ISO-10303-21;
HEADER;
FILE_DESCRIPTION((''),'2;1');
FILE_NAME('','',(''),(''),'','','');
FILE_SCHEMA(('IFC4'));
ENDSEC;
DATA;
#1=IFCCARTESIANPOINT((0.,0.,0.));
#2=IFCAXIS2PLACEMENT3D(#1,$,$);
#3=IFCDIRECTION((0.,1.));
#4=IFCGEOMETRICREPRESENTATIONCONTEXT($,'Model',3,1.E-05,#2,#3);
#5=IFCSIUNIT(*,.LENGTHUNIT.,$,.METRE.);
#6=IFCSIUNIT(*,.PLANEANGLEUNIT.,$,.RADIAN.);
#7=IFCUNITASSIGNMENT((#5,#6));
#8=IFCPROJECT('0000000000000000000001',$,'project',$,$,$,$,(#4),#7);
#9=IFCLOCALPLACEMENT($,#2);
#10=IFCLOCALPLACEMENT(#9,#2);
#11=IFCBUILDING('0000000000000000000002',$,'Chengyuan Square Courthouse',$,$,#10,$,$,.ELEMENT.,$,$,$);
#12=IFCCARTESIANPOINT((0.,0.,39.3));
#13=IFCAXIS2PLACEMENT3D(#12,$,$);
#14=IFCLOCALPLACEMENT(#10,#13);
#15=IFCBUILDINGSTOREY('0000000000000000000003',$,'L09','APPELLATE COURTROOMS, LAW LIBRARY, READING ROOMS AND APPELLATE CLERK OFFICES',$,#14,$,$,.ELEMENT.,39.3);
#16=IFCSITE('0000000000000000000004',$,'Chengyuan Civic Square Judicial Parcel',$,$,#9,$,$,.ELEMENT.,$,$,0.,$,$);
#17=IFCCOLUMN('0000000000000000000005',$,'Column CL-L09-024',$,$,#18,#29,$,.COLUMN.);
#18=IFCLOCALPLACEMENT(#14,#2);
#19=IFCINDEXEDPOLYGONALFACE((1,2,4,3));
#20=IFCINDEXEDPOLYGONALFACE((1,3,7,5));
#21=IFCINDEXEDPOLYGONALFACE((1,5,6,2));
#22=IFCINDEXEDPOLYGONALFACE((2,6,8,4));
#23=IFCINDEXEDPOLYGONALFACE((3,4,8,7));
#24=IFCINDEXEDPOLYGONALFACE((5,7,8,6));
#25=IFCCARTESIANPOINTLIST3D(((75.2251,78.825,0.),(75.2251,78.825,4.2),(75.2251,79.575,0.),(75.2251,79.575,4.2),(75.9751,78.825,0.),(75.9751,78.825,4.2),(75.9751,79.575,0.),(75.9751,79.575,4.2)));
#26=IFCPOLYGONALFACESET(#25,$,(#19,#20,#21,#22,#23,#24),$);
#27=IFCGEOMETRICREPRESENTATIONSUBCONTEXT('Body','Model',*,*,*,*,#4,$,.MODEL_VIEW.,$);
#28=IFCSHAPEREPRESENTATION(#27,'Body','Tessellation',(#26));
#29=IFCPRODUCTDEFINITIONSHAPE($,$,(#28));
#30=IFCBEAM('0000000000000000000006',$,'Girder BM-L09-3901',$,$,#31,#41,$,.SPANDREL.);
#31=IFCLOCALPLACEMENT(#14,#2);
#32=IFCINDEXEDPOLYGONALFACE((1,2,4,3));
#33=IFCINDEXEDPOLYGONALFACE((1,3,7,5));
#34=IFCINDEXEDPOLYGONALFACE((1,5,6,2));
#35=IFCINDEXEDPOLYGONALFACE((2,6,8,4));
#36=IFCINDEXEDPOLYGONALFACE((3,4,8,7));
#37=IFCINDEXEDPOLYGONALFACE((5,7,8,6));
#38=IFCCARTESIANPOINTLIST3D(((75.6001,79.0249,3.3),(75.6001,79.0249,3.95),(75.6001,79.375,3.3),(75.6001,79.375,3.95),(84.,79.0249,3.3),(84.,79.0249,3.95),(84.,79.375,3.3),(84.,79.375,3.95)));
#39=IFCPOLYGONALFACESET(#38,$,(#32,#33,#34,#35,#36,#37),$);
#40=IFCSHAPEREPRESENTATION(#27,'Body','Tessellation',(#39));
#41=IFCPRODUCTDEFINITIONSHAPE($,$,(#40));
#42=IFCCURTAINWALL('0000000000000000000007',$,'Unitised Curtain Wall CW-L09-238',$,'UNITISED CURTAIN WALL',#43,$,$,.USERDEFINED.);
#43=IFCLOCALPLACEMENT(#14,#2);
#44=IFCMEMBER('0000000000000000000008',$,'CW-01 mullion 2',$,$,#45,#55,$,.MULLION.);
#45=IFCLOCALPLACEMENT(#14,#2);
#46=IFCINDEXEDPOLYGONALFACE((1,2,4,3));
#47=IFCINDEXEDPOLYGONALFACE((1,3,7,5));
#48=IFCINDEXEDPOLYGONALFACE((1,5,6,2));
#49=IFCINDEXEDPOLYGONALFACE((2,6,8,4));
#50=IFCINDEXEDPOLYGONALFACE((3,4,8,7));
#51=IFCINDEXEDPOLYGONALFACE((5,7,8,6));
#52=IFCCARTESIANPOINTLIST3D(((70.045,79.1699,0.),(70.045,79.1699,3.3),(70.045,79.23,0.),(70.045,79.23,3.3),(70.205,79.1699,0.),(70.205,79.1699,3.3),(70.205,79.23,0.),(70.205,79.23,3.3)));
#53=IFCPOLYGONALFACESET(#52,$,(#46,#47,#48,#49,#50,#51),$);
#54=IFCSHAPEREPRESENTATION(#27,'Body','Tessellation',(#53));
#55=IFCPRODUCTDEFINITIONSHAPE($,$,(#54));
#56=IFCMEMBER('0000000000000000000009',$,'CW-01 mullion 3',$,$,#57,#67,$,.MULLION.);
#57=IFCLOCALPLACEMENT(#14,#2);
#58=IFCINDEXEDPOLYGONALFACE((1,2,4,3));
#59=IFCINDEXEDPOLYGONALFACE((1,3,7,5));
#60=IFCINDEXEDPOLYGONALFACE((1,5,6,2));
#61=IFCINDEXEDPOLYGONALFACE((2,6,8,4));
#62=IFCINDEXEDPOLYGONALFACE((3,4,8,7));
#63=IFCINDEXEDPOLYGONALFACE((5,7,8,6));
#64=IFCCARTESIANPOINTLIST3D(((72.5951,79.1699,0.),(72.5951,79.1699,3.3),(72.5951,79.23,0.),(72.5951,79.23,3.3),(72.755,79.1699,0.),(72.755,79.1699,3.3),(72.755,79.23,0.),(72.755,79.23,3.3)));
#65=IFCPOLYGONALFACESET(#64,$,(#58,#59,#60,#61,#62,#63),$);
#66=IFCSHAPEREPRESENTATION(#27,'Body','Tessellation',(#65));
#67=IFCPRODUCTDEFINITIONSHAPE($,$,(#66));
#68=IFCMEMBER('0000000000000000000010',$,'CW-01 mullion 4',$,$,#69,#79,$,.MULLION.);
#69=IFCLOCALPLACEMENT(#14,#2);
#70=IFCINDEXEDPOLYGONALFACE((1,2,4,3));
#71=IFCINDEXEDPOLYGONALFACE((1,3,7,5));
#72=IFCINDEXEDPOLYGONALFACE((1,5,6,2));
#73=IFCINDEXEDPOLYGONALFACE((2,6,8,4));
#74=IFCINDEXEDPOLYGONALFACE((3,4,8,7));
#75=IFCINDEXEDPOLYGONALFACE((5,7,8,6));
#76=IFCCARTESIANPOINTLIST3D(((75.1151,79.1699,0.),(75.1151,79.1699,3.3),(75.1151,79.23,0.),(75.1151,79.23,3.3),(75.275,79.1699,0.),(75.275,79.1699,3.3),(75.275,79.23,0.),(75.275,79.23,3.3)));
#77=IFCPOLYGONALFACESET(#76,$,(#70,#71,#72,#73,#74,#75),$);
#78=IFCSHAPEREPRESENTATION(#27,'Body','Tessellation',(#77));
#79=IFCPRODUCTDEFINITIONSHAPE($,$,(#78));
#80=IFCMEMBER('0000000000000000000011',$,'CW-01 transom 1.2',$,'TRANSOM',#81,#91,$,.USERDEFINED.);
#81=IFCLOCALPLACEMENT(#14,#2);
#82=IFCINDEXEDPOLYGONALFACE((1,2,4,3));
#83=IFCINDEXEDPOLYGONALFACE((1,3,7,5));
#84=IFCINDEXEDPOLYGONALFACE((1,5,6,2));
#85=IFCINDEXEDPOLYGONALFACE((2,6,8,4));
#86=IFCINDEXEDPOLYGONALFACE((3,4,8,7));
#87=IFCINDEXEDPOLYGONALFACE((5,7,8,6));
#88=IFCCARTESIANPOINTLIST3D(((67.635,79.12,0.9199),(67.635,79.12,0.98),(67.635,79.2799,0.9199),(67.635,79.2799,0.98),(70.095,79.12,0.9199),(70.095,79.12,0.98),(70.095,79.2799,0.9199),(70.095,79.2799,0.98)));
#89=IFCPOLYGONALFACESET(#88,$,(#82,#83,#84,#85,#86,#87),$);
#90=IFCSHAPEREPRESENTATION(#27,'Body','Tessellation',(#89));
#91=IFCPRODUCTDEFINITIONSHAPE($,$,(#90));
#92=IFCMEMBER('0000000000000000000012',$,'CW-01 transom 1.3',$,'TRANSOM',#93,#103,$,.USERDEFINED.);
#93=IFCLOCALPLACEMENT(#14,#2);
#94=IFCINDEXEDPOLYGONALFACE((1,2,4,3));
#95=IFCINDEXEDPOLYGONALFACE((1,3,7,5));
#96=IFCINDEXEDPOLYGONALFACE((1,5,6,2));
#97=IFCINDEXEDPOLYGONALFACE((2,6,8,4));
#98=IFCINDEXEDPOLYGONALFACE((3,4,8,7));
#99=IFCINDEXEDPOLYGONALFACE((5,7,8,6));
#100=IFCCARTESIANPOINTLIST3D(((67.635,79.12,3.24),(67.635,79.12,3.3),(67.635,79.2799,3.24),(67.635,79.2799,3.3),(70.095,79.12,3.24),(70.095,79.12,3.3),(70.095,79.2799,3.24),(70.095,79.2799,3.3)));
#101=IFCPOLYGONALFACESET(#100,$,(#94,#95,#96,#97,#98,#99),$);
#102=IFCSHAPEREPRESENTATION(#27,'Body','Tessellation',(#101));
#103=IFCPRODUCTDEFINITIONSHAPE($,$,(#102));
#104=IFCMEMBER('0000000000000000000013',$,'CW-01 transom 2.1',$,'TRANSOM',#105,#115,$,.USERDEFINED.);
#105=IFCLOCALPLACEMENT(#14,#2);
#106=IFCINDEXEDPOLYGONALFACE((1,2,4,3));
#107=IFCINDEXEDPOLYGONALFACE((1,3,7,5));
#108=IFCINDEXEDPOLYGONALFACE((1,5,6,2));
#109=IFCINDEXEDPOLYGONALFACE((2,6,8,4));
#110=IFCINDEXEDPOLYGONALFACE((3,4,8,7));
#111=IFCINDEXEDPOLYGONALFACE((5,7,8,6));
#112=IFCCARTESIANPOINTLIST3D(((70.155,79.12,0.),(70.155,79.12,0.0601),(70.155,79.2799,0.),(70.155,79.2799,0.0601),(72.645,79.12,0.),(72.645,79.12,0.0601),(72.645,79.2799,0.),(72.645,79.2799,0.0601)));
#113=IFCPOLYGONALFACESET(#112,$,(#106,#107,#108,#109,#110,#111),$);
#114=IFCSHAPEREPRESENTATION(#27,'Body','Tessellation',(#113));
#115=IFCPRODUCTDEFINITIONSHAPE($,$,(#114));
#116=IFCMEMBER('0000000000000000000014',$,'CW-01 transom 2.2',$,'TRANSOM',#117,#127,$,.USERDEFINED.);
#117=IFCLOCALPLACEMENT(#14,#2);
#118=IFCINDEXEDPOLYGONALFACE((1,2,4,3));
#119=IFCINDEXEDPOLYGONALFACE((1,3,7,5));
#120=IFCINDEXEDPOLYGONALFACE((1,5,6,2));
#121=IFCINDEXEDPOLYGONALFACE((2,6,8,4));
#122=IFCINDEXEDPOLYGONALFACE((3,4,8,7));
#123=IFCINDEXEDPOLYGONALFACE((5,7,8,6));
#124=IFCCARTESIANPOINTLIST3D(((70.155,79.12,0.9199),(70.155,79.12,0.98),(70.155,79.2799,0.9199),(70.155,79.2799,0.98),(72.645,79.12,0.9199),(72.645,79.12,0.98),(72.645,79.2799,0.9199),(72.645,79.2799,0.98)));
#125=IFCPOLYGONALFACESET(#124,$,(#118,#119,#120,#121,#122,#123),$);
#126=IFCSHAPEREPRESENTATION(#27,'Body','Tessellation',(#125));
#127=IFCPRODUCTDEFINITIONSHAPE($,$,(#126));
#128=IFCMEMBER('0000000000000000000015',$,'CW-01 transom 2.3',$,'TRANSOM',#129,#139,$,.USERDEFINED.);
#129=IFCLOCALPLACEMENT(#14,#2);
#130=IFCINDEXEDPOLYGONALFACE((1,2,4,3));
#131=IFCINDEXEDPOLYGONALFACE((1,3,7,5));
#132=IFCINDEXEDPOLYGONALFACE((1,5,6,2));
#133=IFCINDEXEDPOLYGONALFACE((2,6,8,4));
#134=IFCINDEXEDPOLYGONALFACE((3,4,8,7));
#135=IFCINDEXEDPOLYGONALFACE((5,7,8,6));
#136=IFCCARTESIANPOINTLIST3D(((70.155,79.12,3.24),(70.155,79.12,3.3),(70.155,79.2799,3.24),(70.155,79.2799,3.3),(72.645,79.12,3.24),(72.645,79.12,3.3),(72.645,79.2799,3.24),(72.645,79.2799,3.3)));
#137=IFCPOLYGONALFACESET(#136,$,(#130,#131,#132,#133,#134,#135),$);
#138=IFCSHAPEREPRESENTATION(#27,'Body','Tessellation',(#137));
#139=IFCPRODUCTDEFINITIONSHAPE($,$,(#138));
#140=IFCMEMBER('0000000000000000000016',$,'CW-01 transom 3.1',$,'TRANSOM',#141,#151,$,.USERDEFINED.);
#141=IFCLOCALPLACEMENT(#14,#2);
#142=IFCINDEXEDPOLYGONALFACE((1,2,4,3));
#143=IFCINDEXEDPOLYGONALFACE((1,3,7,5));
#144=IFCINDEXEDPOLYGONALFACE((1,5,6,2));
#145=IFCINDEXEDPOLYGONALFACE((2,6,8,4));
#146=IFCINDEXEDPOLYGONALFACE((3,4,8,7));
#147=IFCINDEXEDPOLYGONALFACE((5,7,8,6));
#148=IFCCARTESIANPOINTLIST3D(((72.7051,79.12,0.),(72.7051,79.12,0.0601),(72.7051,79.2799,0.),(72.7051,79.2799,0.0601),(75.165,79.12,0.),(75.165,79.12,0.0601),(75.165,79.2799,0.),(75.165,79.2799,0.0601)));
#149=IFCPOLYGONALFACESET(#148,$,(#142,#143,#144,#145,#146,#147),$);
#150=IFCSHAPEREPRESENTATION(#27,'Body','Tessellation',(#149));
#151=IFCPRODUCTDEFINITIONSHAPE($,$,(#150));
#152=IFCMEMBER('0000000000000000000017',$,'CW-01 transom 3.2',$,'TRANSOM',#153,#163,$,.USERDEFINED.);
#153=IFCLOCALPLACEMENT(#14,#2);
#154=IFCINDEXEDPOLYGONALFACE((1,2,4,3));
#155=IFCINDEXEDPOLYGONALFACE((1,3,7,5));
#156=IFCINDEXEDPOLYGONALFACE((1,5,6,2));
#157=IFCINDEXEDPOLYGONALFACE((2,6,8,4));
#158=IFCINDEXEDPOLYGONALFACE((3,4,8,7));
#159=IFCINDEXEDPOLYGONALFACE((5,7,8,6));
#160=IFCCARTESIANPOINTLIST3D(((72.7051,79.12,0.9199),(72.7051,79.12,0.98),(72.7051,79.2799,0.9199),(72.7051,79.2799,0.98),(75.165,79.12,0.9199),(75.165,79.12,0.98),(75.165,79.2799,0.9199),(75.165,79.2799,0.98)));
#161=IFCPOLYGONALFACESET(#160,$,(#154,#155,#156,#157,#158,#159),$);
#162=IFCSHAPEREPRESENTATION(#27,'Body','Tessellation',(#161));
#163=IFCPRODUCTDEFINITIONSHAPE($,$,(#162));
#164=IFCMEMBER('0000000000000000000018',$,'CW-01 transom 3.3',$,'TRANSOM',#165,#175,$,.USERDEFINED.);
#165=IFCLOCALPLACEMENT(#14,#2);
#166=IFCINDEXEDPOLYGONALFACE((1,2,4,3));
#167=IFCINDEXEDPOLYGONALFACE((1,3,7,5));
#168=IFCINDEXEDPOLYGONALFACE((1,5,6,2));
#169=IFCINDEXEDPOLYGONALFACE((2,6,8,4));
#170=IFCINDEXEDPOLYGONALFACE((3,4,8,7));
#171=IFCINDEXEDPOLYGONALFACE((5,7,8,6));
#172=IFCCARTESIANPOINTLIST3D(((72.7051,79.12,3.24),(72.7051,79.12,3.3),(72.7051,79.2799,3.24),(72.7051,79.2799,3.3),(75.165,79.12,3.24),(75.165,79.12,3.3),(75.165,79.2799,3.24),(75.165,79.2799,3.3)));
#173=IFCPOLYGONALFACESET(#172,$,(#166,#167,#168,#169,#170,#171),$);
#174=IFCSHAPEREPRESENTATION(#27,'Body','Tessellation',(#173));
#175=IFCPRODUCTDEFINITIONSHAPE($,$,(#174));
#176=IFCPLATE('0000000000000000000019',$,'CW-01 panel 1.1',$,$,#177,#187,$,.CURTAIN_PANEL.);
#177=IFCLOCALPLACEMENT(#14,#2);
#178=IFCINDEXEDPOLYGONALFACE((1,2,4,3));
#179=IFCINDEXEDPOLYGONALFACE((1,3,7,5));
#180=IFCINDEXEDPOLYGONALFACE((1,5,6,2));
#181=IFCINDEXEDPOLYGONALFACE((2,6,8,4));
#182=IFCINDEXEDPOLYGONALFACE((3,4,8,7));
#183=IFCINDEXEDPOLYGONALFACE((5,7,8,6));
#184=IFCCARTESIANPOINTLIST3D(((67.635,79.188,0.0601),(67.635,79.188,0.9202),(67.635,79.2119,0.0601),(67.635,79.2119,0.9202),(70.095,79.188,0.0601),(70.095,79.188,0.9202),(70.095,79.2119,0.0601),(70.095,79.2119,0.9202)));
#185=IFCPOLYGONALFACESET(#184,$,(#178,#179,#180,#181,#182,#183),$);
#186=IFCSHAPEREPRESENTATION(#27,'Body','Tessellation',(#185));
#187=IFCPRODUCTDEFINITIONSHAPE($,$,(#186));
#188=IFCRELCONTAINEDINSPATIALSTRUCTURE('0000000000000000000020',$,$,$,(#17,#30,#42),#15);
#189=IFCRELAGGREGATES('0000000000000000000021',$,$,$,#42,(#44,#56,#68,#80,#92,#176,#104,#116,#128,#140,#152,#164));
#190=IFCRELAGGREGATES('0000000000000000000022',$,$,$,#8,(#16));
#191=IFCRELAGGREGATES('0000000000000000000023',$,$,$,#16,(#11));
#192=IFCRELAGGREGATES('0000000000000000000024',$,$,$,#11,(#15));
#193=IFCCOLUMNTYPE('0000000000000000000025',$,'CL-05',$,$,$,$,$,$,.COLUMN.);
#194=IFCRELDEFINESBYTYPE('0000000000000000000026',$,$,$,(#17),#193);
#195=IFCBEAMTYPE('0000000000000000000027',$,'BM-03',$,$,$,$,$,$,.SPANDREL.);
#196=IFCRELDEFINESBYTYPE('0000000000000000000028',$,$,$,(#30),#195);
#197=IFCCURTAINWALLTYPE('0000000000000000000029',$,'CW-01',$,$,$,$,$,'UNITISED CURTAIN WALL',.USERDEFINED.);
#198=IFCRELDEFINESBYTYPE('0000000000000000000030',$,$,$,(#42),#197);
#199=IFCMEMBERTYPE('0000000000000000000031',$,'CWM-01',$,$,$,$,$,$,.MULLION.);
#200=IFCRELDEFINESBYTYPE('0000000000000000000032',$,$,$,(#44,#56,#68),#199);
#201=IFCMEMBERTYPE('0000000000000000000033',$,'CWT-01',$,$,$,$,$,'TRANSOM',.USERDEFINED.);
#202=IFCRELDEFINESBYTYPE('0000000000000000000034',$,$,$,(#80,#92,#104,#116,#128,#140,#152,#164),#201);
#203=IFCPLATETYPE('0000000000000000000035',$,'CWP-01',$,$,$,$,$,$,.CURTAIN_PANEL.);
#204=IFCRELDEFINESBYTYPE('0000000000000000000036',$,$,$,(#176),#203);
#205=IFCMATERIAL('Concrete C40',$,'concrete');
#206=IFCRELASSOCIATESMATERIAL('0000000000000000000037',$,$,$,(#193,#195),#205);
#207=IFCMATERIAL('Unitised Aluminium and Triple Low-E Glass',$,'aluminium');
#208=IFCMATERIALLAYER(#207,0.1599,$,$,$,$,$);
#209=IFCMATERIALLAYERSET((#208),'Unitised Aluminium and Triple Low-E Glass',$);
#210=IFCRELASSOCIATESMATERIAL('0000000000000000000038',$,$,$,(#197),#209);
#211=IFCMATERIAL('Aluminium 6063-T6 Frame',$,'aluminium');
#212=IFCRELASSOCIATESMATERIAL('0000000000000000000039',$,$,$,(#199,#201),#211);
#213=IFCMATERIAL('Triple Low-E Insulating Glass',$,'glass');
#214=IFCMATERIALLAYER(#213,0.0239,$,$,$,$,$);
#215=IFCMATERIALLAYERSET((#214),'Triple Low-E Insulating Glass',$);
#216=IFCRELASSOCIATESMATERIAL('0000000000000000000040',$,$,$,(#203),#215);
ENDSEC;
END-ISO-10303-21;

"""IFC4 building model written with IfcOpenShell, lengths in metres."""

from ifc_helpers import new_model, si_unit, direction, frame, origin, origin_2d, place, context, subcontext, project, spatial, rectangle, extrude, material, layer, layer_set, material_profile, profile_set, type_object, element, aggregate, save


model = new_model("IFC4")

# Units and contexts
model_context = context("Model", 3, precision=1e-05, world=origin(), true_north=direction((0.0, 1.0)))
body_context = subcontext(model_context, "Body", "Model", "MODEL_VIEW")
ifc_project = project(units=[si_unit("LENGTHUNIT", "METRE"), si_unit("PLANEANGLEUNIT", "RADIAN")], contexts=[model_context])

# Site, building, storey
site_placement = place(None, origin())
site = spatial("IfcSite", under=ifc_project, at=site_placement, Name="Chengyuan Civic Square Judicial Parcel", CompositionType="ELEMENT", RefElevation=0.0)
building_placement = place(site_placement, origin())
building = spatial("IfcBuilding", under=site, at=building_placement, Name="Chengyuan Square Courthouse", CompositionType="ELEMENT")
storey_placement = place(building_placement, frame((0.0, 0.0, 39.3)))
storey = spatial("IfcBuildingStorey", under=building, at=storey_placement, Name="L09", Description="APPELLATE COURTROOMS, LAW LIBRARY, READING ROOMS AND APPELLATE CLERK OFFICES", CompositionType="ELEMENT", Elevation=39.3)

# Column
ifc_material_1 = material(Name="Concrete C40", Category="concrete")
ifc_material_profile_1 = material_profile(ifc_material_1, rectangle(XDim=0.75, YDim=0.75, at=origin_2d()), Name="RC-COL-750x750")
ifc_profile_set_1 = profile_set([ifc_material_profile_1], Name="Concrete C40")
column_type = type_object("IfcColumnType", Name="CL-05", PredefinedType="COLUMN", material=ifc_profile_set_1)
column_placement = place(storey_placement, frame((75.6001, 79.2, 0.0), z_axis=(0.0, 0.0, 1.0), x_axis=(1.0, 0.0, 0.0)))
element("IfcColumn", 1, at=column_placement, inside=storey, type_object=column_type, Name="Column CL-L09-024", PredefinedType="COLUMN", context=body_context, shape_type="SweptSolid", body=[
    extrude(rectangle(XDim=0.75, YDim=0.75, at=origin_2d()), origin(), (0.0, 0.0, 1.0), 4.2),
])

# Beam
ifc_material_profile_2 = material_profile(ifc_material_1, rectangle(XDim=0.3501, YDim=0.6499, at=origin_2d()), Name="RC-BM-350x650")
ifc_profile_set_2 = profile_set([ifc_material_profile_2], Name="Concrete C40")
beam_type = type_object("IfcBeamType", Name="BM-03", PredefinedType="SPANDREL", material=ifc_profile_set_2)
beam_placement = place(storey_placement, frame((75.6001, 79.2, 3.625), z_axis=(1.0, 0.0, 0.0), x_axis=(0.0, 1.0, 0.0)))
element("IfcBeam", 2, at=beam_placement, inside=storey, type_object=beam_type, Name="Girder BM-L09-3901", PredefinedType="SPANDREL", context=body_context, shape_type="SweptSolid", body=[
    extrude(rectangle(XDim=0.3501, YDim=0.6499, at=origin_2d()), origin(), (0.0, 0.0, 1.0), 8.3999),
])

# Curtain wall, members, plate
ifc_material_2 = material(Name="Unitised Aluminium and Triple Low-E Glass", Category="aluminium")
ifc_layer_1 = layer(ifc_material_2, 0.1599)
ifc_layer_set_1 = layer_set([ifc_layer_1], Name="Unitised Aluminium and Triple Low-E Glass")
curtain_wall_type = type_object("IfcCurtainWallType", Name="CW-01", ElementType="UNITISED CURTAIN WALL", PredefinedType="USERDEFINED", material=ifc_layer_set_1)
curtain_wall_placement = place(storey_placement, origin())
curtain_wall = element("IfcCurtainWall", 3, at=curtain_wall_placement, inside=storey, type_object=curtain_wall_type, Name="Unitised Curtain Wall CW-L09-238", ObjectType="UNITISED CURTAIN WALL", PredefinedType="USERDEFINED")
ifc_material_3 = material(Name="Aluminium 6063-T6 Frame", Category="aluminium")
ifc_material_profile_3 = material_profile(ifc_material_3, rectangle(XDim=0.0601, YDim=0.1599, at=origin_2d()), Name="CW-MUL-60x160")
ifc_profile_set_3 = profile_set([ifc_material_profile_3], Name="Aluminium 6063-T6 Frame")
member_type_1 = type_object("IfcMemberType", Name="CWM-01", PredefinedType="MULLION", material=ifc_profile_set_3)
member_1_placement = place(storey_placement, frame((70.125, 79.2, 0.0), z_axis=(0.0, 0.0, 1.0), x_axis=(0.0, 1.0, 0.0)))
member_1 = element("IfcMember", 4, at=member_1_placement, type_object=member_type_1, Name="CW-01 mullion 2", PredefinedType="MULLION", context=body_context, shape_type="SweptSolid", body=[
    extrude(rectangle(XDim=0.0601, YDim=0.1599, at=origin_2d()), origin(), (0.0, 0.0, 1.0), 3.3),
])
member_2_placement = place(storey_placement, frame((72.675, 79.2, 0.0), z_axis=(0.0, 0.0, 1.0), x_axis=(0.0, 1.0, 0.0)))
member_2 = element("IfcMember", 5, at=member_2_placement, type_object=member_type_1, Name="CW-01 mullion 3", PredefinedType="MULLION", context=body_context, shape_type="SweptSolid", body=[
    extrude(rectangle(XDim=0.0601, YDim=0.1599, at=origin_2d()), origin(), (0.0, 0.0, 1.0), 3.3),
])
member_3_placement = place(storey_placement, frame((75.1951, 79.2, 0.0), z_axis=(0.0, 0.0, 1.0), x_axis=(0.0, 1.0, 0.0)))
member_3 = element("IfcMember", 6, at=member_3_placement, type_object=member_type_1, Name="CW-01 mullion 4", PredefinedType="MULLION", context=body_context, shape_type="SweptSolid", body=[
    extrude(rectangle(XDim=0.0601, YDim=0.1599, at=origin_2d()), origin(), (0.0, 0.0, 1.0), 3.3),
])
ifc_material_profile_4 = material_profile(ifc_material_3, rectangle(XDim=0.1599, YDim=0.0601, at=origin_2d()), Name="CW-TRN-60x120")
ifc_profile_set_4 = profile_set([ifc_material_profile_4], Name="Aluminium 6063-T6 Frame")
member_type_2 = type_object("IfcMemberType", Name="CWT-01", ElementType="TRANSOM", PredefinedType="USERDEFINED", material=ifc_profile_set_4)
member_4_placement = place(storey_placement, frame((67.635, 79.2, 0.95), z_axis=(1.0, 0.0, 0.0), x_axis=(0.0, 1.0, 0.0)))
member_4 = element("IfcMember", 7, at=member_4_placement, type_object=member_type_2, Name="CW-01 transom 1.2", ObjectType="TRANSOM", PredefinedType="USERDEFINED", context=body_context, shape_type="SweptSolid", body=[
    extrude(rectangle(XDim=0.1599, YDim=0.0601, at=origin_2d()), origin(), (0.0, 0.0, 1.0), 2.46),
])
member_5_placement = place(storey_placement, frame((67.635, 79.2, 3.27), z_axis=(1.0, 0.0, 0.0), x_axis=(0.0, 1.0, 0.0)))
member_5 = element("IfcMember", 8, at=member_5_placement, type_object=member_type_2, Name="CW-01 transom 1.3", ObjectType="TRANSOM", PredefinedType="USERDEFINED", context=body_context, shape_type="SweptSolid", body=[
    extrude(rectangle(XDim=0.1599, YDim=0.0601, at=origin_2d()), origin(), (0.0, 0.0, 1.0), 2.46),
])
member_6_placement = place(storey_placement, frame((70.155, 79.2, 0.03), z_axis=(1.0, 0.0, 0.0), x_axis=(0.0, 1.0, 0.0)))
member_6 = element("IfcMember", 9, at=member_6_placement, type_object=member_type_2, Name="CW-01 transom 2.1", ObjectType="TRANSOM", PredefinedType="USERDEFINED", context=body_context, shape_type="SweptSolid", body=[
    extrude(rectangle(XDim=0.1599, YDim=0.0601, at=origin_2d()), origin(), (0.0, 0.0, 1.0), 2.49),
])
member_7_placement = place(storey_placement, frame((70.155, 79.2, 0.95), z_axis=(1.0, 0.0, 0.0), x_axis=(0.0, 1.0, 0.0)))
member_7 = element("IfcMember", 10, at=member_7_placement, type_object=member_type_2, Name="CW-01 transom 2.2", ObjectType="TRANSOM", PredefinedType="USERDEFINED", context=body_context, shape_type="SweptSolid", body=[
    extrude(rectangle(XDim=0.1599, YDim=0.0601, at=origin_2d()), origin(), (0.0, 0.0, 1.0), 2.49),
])
member_8_placement = place(storey_placement, frame((70.155, 79.2, 3.27), z_axis=(1.0, 0.0, 0.0), x_axis=(0.0, 1.0, 0.0)))
member_8 = element("IfcMember", 11, at=member_8_placement, type_object=member_type_2, Name="CW-01 transom 2.3", ObjectType="TRANSOM", PredefinedType="USERDEFINED", context=body_context, shape_type="SweptSolid", body=[
    extrude(rectangle(XDim=0.1599, YDim=0.0601, at=origin_2d()), origin(), (0.0, 0.0, 1.0), 2.49),
])
member_9_placement = place(storey_placement, frame((72.7051, 79.2, 0.03), z_axis=(1.0, 0.0, 0.0), x_axis=(0.0, 1.0, 0.0)))
member_9 = element("IfcMember", 12, at=member_9_placement, type_object=member_type_2, Name="CW-01 transom 3.1", ObjectType="TRANSOM", PredefinedType="USERDEFINED", context=body_context, shape_type="SweptSolid", body=[
    extrude(rectangle(XDim=0.1599, YDim=0.0601, at=origin_2d()), origin(), (0.0, 0.0, 1.0), 2.46),
])
member_10_placement = place(storey_placement, frame((72.7051, 79.2, 0.95), z_axis=(1.0, 0.0, 0.0), x_axis=(0.0, 1.0, 0.0)))
member_10 = element("IfcMember", 13, at=member_10_placement, type_object=member_type_2, Name="CW-01 transom 3.2", ObjectType="TRANSOM", PredefinedType="USERDEFINED", context=body_context, shape_type="SweptSolid", body=[
    extrude(rectangle(XDim=0.1599, YDim=0.0601, at=origin_2d()), origin(), (0.0, 0.0, 1.0), 2.46),
])
member_11_placement = place(storey_placement, frame((72.7051, 79.2, 3.27), z_axis=(1.0, 0.0, 0.0), x_axis=(0.0, 1.0, 0.0)))
member_11 = element("IfcMember", 14, at=member_11_placement, type_object=member_type_2, Name="CW-01 transom 3.3", ObjectType="TRANSOM", PredefinedType="USERDEFINED", context=body_context, shape_type="SweptSolid", body=[
    extrude(rectangle(XDim=0.1599, YDim=0.0601, at=origin_2d()), origin(), (0.0, 0.0, 1.0), 2.46),
])
ifc_material_4 = material(Name="Triple Low-E Insulating Glass", Category="glass")
ifc_layer_2 = layer(ifc_material_4, 0.0239)
ifc_layer_set_2 = layer_set([ifc_layer_2], Name="Triple Low-E Insulating Glass")
plate_type = type_object("IfcPlateType", Name="CWP-01", PredefinedType="CURTAIN_PANEL", material=ifc_layer_set_2)
plate_1_placement = place(storey_placement, frame((68.865, 79.2, 0.0601), z_axis=(0.0, 0.0, 1.0), x_axis=(1.0, 0.0, 0.0)))
plate_1 = element("IfcPlate", 15, at=plate_1_placement, type_object=plate_type, Name="CW-01 panel 1.1", PredefinedType="CURTAIN_PANEL", context=body_context, shape_type="SweptSolid", body=[
    extrude(rectangle(XDim=2.46, YDim=0.0239, at=origin_2d()), origin(), (0.0, 0.0, 1.0), 0.8601),
])
aggregate(curtain_wall, [member_1, member_2, member_3, member_4, member_5, plate_1, member_6, member_7, member_8, member_9, member_10, member_11])

save(model, "model.ifc")
